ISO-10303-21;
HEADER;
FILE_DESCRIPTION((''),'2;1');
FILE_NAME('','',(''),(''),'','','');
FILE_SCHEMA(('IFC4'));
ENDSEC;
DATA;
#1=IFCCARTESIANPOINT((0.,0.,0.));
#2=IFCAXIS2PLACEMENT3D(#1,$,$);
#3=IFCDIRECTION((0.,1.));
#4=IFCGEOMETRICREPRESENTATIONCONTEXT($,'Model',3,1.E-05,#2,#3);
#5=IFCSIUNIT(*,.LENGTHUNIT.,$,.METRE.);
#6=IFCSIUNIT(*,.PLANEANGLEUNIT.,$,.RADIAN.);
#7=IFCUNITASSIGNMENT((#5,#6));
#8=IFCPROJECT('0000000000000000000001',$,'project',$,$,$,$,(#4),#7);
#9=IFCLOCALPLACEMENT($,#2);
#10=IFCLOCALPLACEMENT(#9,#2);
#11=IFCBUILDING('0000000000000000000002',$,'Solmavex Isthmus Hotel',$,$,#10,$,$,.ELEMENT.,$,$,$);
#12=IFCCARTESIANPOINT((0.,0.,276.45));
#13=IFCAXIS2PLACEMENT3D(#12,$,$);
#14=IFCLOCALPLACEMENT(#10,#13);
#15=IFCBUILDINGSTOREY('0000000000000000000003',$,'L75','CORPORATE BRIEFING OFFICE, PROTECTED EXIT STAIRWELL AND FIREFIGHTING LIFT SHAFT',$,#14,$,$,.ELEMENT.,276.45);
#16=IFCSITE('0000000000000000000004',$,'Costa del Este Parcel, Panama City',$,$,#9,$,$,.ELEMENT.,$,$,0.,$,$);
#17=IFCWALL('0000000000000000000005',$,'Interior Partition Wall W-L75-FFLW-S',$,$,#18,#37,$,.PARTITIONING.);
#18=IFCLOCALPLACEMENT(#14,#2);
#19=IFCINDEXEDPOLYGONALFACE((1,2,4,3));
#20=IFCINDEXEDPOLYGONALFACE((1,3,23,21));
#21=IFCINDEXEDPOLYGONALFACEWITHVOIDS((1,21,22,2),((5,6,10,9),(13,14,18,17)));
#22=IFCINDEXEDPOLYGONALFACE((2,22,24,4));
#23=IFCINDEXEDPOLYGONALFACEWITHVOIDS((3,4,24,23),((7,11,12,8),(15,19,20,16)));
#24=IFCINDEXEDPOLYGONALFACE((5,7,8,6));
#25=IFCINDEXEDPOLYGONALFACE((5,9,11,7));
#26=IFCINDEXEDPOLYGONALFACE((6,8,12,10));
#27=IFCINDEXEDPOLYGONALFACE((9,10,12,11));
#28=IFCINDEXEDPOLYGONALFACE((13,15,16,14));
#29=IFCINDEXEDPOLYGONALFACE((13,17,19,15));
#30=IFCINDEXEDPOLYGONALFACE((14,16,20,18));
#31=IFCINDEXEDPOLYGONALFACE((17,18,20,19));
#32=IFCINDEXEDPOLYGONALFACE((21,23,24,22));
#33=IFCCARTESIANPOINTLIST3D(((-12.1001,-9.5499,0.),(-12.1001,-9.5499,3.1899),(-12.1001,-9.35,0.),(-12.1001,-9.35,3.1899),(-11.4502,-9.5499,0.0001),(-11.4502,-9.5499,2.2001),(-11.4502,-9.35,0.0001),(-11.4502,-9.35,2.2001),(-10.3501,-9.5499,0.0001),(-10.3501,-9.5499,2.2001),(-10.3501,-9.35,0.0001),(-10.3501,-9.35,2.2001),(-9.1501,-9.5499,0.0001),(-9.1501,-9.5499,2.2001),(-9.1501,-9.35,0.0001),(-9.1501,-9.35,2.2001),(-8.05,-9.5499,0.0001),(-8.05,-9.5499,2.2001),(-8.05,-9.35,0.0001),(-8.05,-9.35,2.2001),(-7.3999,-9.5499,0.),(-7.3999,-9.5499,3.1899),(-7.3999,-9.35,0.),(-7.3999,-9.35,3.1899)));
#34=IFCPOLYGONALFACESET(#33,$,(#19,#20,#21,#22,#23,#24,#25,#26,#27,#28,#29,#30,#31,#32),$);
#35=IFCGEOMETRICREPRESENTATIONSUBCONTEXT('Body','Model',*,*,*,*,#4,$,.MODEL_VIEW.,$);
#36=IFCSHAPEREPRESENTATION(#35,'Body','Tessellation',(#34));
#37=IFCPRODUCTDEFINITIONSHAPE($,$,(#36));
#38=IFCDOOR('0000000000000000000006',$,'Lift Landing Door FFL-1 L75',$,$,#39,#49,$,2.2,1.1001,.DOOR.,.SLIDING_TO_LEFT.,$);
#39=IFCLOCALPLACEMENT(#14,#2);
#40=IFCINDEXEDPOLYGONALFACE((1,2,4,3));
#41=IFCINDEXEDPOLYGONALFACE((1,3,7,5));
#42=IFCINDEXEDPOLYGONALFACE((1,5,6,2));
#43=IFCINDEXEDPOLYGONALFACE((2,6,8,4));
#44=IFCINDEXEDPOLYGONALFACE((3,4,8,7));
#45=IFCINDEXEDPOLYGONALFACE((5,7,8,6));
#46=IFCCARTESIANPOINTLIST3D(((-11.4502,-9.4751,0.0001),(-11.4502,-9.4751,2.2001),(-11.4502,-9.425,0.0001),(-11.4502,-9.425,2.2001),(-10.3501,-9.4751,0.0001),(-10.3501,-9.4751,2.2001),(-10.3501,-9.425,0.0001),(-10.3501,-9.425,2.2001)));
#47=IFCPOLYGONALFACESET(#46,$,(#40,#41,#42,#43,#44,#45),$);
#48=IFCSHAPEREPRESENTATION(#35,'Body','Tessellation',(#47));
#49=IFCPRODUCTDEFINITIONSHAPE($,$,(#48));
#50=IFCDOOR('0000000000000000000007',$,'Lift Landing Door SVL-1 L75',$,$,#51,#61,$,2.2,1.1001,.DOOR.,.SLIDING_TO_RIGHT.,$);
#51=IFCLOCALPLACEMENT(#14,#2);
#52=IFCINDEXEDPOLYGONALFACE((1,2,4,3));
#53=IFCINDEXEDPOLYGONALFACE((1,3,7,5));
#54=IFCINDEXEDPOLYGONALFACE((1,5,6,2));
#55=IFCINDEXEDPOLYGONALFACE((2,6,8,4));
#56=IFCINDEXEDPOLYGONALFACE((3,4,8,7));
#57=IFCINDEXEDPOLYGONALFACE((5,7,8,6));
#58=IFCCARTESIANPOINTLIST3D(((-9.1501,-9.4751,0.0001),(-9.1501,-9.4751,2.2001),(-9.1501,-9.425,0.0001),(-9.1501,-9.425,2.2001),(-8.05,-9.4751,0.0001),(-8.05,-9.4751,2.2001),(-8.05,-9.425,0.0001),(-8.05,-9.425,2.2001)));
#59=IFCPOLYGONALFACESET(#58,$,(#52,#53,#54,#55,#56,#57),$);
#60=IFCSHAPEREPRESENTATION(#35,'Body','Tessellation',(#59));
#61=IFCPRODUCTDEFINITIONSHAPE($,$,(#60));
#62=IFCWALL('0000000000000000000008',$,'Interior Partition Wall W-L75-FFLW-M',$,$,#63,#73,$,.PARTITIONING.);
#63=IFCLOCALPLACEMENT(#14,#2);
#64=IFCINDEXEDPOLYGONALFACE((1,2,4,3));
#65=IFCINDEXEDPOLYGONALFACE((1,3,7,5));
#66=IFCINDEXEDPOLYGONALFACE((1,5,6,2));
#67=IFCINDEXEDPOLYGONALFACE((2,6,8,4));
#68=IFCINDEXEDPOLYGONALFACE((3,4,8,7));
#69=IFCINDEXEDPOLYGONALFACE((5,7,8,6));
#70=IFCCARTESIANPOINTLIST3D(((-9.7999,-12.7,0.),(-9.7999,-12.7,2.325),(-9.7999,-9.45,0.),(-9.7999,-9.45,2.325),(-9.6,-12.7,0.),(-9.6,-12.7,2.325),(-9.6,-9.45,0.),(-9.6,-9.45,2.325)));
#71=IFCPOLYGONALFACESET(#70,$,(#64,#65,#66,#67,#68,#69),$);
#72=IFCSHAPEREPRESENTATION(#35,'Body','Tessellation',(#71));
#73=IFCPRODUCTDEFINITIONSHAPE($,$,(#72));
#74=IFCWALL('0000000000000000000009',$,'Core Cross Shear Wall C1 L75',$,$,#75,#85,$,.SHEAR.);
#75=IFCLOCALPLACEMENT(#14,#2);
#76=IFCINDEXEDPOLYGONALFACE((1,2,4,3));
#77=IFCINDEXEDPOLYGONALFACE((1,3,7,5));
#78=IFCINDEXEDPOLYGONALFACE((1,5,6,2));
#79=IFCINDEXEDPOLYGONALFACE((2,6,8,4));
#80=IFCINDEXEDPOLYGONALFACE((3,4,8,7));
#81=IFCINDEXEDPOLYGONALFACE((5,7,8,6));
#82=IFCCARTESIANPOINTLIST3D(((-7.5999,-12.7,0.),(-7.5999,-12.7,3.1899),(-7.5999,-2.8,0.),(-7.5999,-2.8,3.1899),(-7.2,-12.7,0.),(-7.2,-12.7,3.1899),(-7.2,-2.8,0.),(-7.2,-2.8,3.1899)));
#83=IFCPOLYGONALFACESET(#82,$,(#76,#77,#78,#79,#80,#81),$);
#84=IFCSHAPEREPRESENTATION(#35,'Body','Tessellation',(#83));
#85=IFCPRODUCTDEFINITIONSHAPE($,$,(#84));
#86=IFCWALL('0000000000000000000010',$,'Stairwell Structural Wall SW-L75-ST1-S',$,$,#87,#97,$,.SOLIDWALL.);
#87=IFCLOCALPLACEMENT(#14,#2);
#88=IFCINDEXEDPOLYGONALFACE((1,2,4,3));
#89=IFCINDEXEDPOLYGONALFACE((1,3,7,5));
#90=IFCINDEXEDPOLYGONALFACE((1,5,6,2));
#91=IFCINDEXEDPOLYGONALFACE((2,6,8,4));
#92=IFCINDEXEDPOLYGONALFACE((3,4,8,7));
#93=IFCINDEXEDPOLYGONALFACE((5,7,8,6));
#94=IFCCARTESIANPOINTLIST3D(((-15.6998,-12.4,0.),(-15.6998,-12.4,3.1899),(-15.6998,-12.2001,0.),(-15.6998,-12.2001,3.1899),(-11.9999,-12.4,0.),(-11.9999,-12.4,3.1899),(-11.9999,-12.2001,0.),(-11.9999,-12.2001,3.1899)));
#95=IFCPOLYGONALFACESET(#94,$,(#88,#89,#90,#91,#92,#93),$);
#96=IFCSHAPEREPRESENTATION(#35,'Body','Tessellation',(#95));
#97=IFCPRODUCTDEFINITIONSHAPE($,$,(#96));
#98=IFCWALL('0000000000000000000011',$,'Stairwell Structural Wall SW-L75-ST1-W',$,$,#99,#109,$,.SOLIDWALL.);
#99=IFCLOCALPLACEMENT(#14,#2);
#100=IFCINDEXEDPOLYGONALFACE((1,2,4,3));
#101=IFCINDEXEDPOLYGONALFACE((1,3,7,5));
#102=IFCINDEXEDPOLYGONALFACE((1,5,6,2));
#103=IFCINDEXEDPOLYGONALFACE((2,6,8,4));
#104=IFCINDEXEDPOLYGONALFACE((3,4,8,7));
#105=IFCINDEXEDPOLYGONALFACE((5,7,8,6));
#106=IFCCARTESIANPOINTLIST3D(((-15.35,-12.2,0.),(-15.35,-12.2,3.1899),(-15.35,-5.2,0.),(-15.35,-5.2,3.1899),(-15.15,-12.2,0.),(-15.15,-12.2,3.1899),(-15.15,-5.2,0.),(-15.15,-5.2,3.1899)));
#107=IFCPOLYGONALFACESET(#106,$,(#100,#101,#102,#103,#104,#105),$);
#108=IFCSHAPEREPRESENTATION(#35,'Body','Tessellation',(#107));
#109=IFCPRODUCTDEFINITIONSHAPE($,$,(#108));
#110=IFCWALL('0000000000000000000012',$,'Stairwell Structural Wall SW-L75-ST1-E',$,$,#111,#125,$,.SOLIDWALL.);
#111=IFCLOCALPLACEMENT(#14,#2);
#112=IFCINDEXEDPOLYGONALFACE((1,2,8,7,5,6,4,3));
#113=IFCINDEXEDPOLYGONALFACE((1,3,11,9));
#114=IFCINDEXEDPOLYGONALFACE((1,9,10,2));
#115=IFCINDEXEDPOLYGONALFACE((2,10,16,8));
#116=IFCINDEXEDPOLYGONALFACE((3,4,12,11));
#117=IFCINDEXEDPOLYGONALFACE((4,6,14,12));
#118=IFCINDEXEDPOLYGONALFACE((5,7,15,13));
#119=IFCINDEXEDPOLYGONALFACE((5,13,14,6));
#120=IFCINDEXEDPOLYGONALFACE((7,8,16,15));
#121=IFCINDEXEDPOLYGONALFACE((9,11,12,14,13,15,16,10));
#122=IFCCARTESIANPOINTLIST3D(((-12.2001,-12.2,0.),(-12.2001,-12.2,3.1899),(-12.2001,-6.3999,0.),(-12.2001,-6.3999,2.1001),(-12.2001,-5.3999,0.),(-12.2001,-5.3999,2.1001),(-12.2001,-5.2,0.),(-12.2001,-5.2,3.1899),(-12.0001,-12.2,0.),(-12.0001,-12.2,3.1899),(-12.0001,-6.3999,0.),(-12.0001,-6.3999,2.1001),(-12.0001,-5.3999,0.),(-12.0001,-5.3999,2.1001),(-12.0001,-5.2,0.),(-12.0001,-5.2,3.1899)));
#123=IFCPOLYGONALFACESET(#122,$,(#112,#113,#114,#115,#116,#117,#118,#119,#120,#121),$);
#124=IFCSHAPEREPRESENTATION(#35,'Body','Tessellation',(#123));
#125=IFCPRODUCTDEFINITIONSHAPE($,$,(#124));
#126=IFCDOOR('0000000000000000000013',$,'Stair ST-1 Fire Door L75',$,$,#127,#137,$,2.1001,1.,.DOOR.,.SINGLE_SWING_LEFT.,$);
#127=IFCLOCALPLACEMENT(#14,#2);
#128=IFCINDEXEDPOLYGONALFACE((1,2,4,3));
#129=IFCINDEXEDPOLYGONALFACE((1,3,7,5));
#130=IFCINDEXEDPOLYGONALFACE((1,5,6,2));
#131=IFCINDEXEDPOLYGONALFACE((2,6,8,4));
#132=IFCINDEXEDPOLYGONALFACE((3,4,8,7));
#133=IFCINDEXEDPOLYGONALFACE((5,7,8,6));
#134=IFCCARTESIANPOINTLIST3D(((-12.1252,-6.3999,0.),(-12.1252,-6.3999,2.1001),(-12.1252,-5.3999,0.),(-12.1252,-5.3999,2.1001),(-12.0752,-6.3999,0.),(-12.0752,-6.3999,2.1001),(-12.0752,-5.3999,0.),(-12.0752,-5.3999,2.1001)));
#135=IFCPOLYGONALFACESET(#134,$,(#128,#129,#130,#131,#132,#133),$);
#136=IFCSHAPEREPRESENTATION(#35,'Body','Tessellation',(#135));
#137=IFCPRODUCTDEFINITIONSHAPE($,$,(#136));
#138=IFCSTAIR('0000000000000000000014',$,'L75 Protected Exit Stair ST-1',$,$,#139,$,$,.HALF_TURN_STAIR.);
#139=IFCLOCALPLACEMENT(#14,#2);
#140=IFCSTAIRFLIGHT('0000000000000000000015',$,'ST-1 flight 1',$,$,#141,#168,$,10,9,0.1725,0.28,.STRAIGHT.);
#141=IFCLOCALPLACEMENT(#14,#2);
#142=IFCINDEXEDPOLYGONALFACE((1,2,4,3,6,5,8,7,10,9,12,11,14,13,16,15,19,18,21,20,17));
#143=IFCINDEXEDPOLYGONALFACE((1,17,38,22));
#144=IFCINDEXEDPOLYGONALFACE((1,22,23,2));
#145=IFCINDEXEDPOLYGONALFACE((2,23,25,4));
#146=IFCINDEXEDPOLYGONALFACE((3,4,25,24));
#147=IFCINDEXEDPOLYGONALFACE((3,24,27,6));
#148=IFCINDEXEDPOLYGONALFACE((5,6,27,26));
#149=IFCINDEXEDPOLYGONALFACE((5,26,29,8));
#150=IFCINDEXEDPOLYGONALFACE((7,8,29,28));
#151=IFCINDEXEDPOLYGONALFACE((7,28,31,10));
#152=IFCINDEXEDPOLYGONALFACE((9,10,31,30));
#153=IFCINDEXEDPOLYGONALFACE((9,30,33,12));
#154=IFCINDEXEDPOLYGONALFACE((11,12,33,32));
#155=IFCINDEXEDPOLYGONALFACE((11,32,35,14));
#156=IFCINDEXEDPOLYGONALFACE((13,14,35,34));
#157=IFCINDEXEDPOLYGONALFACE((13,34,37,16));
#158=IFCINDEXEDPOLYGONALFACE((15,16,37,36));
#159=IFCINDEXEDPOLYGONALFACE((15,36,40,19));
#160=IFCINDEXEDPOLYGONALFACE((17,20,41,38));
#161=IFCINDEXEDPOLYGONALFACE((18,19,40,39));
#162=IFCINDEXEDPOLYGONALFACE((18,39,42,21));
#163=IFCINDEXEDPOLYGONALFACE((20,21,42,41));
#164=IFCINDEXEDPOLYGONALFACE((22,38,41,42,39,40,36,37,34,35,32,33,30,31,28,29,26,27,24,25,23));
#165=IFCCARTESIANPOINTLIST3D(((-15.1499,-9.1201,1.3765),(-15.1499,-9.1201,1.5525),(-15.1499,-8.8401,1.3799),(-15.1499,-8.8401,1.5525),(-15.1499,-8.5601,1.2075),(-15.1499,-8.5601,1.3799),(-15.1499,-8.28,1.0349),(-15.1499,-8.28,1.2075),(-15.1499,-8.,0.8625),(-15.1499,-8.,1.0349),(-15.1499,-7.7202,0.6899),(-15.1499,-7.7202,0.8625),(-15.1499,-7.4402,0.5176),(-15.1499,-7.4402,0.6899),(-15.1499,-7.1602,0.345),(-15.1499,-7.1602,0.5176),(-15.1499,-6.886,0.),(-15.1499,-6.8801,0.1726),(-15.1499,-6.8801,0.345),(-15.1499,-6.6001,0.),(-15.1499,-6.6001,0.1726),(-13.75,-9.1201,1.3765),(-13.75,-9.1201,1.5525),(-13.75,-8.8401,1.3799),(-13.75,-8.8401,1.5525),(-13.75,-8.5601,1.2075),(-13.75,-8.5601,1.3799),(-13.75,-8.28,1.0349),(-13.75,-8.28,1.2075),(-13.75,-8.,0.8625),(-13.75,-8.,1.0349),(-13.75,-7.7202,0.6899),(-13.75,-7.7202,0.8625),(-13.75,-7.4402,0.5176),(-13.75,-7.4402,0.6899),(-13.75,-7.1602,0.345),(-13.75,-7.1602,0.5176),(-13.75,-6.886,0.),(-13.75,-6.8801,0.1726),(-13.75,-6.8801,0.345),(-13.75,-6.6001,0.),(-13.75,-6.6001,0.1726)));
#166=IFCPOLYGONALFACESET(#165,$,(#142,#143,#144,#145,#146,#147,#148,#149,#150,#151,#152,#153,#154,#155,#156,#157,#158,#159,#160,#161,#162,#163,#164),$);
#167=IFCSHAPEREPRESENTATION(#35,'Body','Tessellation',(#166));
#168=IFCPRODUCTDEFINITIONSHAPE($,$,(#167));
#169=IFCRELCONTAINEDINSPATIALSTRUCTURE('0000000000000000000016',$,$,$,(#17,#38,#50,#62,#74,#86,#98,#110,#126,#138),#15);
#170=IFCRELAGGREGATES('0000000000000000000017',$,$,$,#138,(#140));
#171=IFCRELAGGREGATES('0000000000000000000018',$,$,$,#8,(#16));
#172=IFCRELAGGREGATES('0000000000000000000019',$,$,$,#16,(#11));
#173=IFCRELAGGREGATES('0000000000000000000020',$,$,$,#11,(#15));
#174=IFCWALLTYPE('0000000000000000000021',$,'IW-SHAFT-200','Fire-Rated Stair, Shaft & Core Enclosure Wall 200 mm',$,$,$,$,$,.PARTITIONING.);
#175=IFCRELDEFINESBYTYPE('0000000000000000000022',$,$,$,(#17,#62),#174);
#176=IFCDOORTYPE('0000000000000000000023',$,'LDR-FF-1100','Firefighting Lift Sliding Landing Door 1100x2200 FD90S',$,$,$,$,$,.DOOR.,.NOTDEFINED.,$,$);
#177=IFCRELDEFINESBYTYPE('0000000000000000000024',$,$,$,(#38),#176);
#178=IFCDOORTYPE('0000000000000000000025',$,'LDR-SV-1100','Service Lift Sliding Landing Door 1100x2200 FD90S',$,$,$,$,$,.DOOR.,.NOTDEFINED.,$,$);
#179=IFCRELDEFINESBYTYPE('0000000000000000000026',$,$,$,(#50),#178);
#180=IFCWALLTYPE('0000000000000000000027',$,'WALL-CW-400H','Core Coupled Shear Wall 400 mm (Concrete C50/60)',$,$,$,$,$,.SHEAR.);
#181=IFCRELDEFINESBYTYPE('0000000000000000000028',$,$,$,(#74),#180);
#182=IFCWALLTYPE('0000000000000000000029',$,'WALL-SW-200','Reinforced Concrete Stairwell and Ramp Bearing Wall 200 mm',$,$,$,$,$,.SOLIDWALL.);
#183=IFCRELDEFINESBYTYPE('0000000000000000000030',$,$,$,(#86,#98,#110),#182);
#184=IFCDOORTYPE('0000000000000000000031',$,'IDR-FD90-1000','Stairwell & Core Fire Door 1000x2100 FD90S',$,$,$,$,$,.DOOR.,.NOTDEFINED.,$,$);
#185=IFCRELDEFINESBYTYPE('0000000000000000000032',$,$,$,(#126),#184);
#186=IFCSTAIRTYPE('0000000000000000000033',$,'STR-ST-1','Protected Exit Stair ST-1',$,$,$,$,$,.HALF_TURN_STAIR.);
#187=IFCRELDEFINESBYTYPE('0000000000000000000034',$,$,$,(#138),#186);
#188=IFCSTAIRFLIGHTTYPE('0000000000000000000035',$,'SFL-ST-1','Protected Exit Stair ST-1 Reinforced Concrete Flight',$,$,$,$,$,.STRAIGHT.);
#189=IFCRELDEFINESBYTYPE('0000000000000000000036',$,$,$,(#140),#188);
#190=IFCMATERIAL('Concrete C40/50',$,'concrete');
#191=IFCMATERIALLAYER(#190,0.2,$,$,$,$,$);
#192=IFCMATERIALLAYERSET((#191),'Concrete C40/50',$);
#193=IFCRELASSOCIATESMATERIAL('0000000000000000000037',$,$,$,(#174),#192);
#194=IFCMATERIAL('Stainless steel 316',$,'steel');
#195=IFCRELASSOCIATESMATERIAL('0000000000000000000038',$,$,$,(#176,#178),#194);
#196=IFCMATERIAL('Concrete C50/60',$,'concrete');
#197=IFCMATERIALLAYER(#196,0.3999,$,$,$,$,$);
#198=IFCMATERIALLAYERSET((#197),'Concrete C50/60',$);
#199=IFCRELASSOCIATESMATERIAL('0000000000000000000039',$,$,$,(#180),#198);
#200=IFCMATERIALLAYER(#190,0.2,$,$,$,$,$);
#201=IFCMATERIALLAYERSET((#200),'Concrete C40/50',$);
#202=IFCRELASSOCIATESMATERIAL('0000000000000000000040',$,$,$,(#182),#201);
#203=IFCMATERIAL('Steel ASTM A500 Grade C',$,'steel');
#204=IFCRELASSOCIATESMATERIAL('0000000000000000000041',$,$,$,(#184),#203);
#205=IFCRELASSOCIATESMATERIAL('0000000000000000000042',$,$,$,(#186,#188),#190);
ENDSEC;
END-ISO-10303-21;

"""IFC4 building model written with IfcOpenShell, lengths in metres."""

from ifc_helpers import new_model, si_unit, direction, frame, frame_2d, origin, place, context, subcontext, project, spatial, polyline, rectangle, outline, extrude, material, layer, layer_set, type_object, element, fill, aggregate, save


model = new_model("IFC4")

# Units and contexts
model_context = context("Model", 3, precision=1e-05, world=origin(), true_north=direction((0.0, 1.0)))
body_context = subcontext(model_context, "Body", "Model", "MODEL_VIEW")
ifc_project = project(units=[si_unit("LENGTHUNIT", "METRE"), si_unit("PLANEANGLEUNIT", "RADIAN")], contexts=[model_context])

# Site, building, storey
site_placement = place(None, origin())
site = spatial("IfcSite", under=ifc_project, at=site_placement, Name="Costa del Este Parcel, Panama City", CompositionType="ELEMENT", RefElevation=0.0)
building_placement = place(site_placement, origin())
building = spatial("IfcBuilding", under=site, at=building_placement, Name="Solmavex Isthmus Hotel", CompositionType="ELEMENT")
storey_placement = place(building_placement, frame((0.0, 0.0, 276.45)))
storey = spatial("IfcBuildingStorey", under=building, at=storey_placement, Name="L75", Description="CORPORATE BRIEFING OFFICE, PROTECTED EXIT STAIRWELL AND FIREFIGHTING LIFT SHAFT", CompositionType="ELEMENT", Elevation=276.45)

# Shared definitions
ifc_material_1 = material(Name="Concrete C50/60", Category="concrete")

# Shared definitions
ifc_material_2 = material(Name="Steel ASTM A500 Grade C", Category="steel")

# Wall, openings, doors
ifc_material_3 = material(Name="Concrete C40/50", Category="concrete")
ifc_layer_1 = layer(ifc_material_3, 0.2)
ifc_layer_set_1 = layer_set([ifc_layer_1], Name="Concrete C40/50")
wall_type_1 = type_object("IfcWallType", Name="IW-SHAFT-200", Description="Fire-Rated Stair, Shaft & Core Enclosure Wall 200 mm", PredefinedType="PARTITIONING", material=ifc_layer_set_1)
wall_1_placement = place(storey_placement, frame((-12.1001, -9.45, 0.0), z_axis=(0.0, 0.0, 1.0), x_axis=(1.0, 0.0, 0.0)))
wall_1 = element("IfcWall", 1, at=wall_1_placement, inside=storey, type_object=wall_type_1, Name="Interior Partition Wall W-L75-FFLW-S", PredefinedType="PARTITIONING", context=body_context, shape_type="SweptSolid", body=[
    extrude(rectangle(XDim=4.7002, YDim=0.2, at=frame_2d((2.3501, 0.0))), origin(), (0.0, 0.0, 1.0), 3.1899),
])
opening_1_placement = place(wall_1_placement, frame((0.6499, 0.0, 0.0)))
opening_1 = element("IfcOpeningElement", 2, at=opening_1_placement, cuts=wall_1, PredefinedType="OPENING", context=body_context, shape_type="SweptSolid", body=[
    extrude(rectangle(XDim=1.1001, YDim=2.2, at=frame_2d((0.55, 1.1001))), frame((0.0, 0.1099, 0.0), z_axis=(0.0, -1.0, 0.0), x_axis=(1.0, 0.0, 0.0)), (0.0, 0.0, 1.0), 0.22),
])
opening_2_placement = place(wall_1_placement, frame((2.95, 0.0, 0.0)))
opening_2 = element("IfcOpeningElement", 3, at=opening_2_placement, cuts=wall_1, PredefinedType="OPENING", context=body_context, shape_type="SweptSolid", body=[
    extrude(rectangle(XDim=1.1001, YDim=2.2, at=frame_2d((0.55, 1.1001))), frame((0.0, 0.1099, 0.0), z_axis=(0.0, -1.0, 0.0), x_axis=(1.0, 0.0, 0.0)), (0.0, 0.0, 1.0), 0.22),
])
ifc_material_4 = material(Name="Stainless steel 316", Category="steel")
door_type_1 = type_object("IfcDoorType", Name="LDR-FF-1100", Description="Firefighting Lift Sliding Landing Door 1100x2200 FD90S", OperationType="NOTDEFINED", PredefinedType="DOOR", material=ifc_material_4)
door_1_placement = place(opening_1_placement, origin())
door_1 = element("IfcDoor", 4, at=door_1_placement, inside=storey, type_object=door_type_1, Name="Lift Landing Door FFL-1 L75", OperationType="SLIDING_TO_LEFT", OverallHeight=2.2, OverallWidth=1.1001, PredefinedType="DOOR", context=body_context, shape_type="SweptSolid", body=[
    extrude(rectangle(XDim=1.1001, YDim=2.2, at=frame_2d((0.55, 1.1001))), frame((0.0, 0.0249, 0.0), z_axis=(0.0, -1.0, 0.0), x_axis=(1.0, 0.0, 0.0)), (0.0, 0.0, 1.0), 0.05),
])
fill(opening_1, door_1)
door_type_2 = type_object("IfcDoorType", Name="LDR-SV-1100", Description="Service Lift Sliding Landing Door 1100x2200 FD90S", OperationType="NOTDEFINED", PredefinedType="DOOR", material=ifc_material_4)
door_2_placement = place(opening_2_placement, origin())
door_2 = element("IfcDoor", 5, at=door_2_placement, inside=storey, type_object=door_type_2, Name="Lift Landing Door SVL-1 L75", OperationType="SLIDING_TO_RIGHT", OverallHeight=2.2, OverallWidth=1.1001, PredefinedType="DOOR", context=body_context, shape_type="SweptSolid", body=[
    extrude(rectangle(XDim=1.1001, YDim=2.2, at=frame_2d((0.55, 1.1001))), frame((0.0, 0.0249, 0.0), z_axis=(0.0, -1.0, 0.0), x_axis=(1.0, 0.0, 0.0)), (0.0, 0.0, 1.0), 0.05),
])
fill(opening_2, door_2)

# Walls
wall_2_placement = place(storey_placement, frame((-9.7, -12.7, 0.0), z_axis=(0.0, 0.0, 1.0), x_axis=(0.0, 1.0, 0.0)))
element("IfcWall", 6, at=wall_2_placement, inside=storey, type_object=wall_type_1, Name="Interior Partition Wall W-L75-FFLW-M", PredefinedType="PARTITIONING", context=body_context, shape_type="SweptSolid", body=[
    extrude(rectangle(XDim=3.25, YDim=0.2, at=frame_2d((1.625, 0.0))), origin(), (0.0, 0.0, 1.0), 2.325),
])
ifc_layer_2 = layer(ifc_material_1, 0.3999)
ifc_layer_set_2 = layer_set([ifc_layer_2], Name="Concrete C50/60")
wall_type_2 = type_object("IfcWallType", Name="WALL-CW-400H", Description="Core Coupled Shear Wall 400 mm (Concrete C50/60)", PredefinedType="SHEAR", material=ifc_layer_set_2)
wall_3_placement = place(storey_placement, frame((-7.3999, -12.7, 0.0), z_axis=(0.0, 0.0, 1.0), x_axis=(0.0, 1.0, 0.0)))
element("IfcWall", 7, at=wall_3_placement, inside=storey, type_object=wall_type_2, Name="Core Cross Shear Wall C1 L75", PredefinedType="SHEAR", context=body_context, shape_type="SweptSolid", body=[
    extrude(rectangle(XDim=9.8999, YDim=0.3999, at=frame_2d((4.95, 0.0))), origin(), (0.0, 0.0, 1.0), 3.1899),
])
ifc_layer_3 = layer(ifc_material_3, 0.2)
ifc_layer_set_3 = layer_set([ifc_layer_3], Name="Concrete C40/50")
wall_type_3 = type_object("IfcWallType", Name="WALL-SW-200", Description="Reinforced Concrete Stairwell and Ramp Bearing Wall 200 mm", PredefinedType="SOLIDWALL", material=ifc_layer_set_3)
wall_4_placement = place(storey_placement, frame((-15.7, -12.3, 0.0), z_axis=(0.0, 0.0, 1.0), x_axis=(1.0, 0.0, 0.0)))
element("IfcWall", 8, at=wall_4_placement, inside=storey, type_object=wall_type_3, Name="Stairwell Structural Wall SW-L75-ST1-S", PredefinedType="SOLIDWALL", context=body_context, shape_type="SweptSolid", body=[
    extrude(rectangle(XDim=3.7, YDim=0.2, at=frame_2d((1.8501, 0.0))), origin(), (0.0, 0.0, 1.0), 3.1899),
])
wall_5_placement = place(storey_placement, frame((-15.25, -12.2, 0.0), z_axis=(0.0, 0.0, 1.0), x_axis=(0.0, 1.0, 0.0)))
element("IfcWall", 9, at=wall_5_placement, inside=storey, type_object=wall_type_3, Name="Stairwell Structural Wall SW-L75-ST1-W", PredefinedType="SOLIDWALL", context=body_context, shape_type="SweptSolid", body=[
    extrude(rectangle(XDim=7.0, YDim=0.2, at=frame_2d((3.5, 0.0))), origin(), (0.0, 0.0, 1.0), 3.1899),
])

# Wall, opening, door
wall_6_placement = place(storey_placement, frame((-12.1001, -12.2, 0.0), z_axis=(0.0, 0.0, 1.0), x_axis=(0.0, 1.0, 0.0)))
wall_6 = element("IfcWall", 10, at=wall_6_placement, inside=storey, type_object=wall_type_3, Name="Stairwell Structural Wall SW-L75-ST1-E", PredefinedType="SOLIDWALL", context=body_context, shape_type="SweptSolid", body=[
    extrude(rectangle(XDim=7.0, YDim=0.2, at=frame_2d((3.5, 0.0))), origin(), (0.0, 0.0, 1.0), 3.1899),
])
opening_3_placement = place(wall_6_placement, frame((5.8, 0.0, 0.0)))
opening_3 = element("IfcOpeningElement", 11, at=opening_3_placement, cuts=wall_6, PredefinedType="OPENING", context=body_context, shape_type="SweptSolid", body=[
    extrude(rectangle(XDim=1.0, YDim=2.1001, at=frame_2d((0.5, 1.05))), frame((0.0, 0.1099, 0.0), z_axis=(0.0, -1.0, 0.0), x_axis=(1.0, 0.0, 0.0)), (0.0, 0.0, 1.0), 0.22),
])
door_type_3 = type_object("IfcDoorType", Name="IDR-FD90-1000", Description="Stairwell & Core Fire Door 1000x2100 FD90S", OperationType="NOTDEFINED", PredefinedType="DOOR", material=ifc_material_2)
door_3_placement = place(opening_3_placement, frame((1.0, 0.0, 0.0), z_axis=(0.0, 0.0, 1.0), x_axis=(-1.0, 0.0, 0.0)))
door_3 = element("IfcDoor", 12, at=door_3_placement, inside=storey, type_object=door_type_3, Name="Stair ST-1 Fire Door L75", OperationType="SINGLE_SWING_LEFT", OverallHeight=2.1001, OverallWidth=1.0, PredefinedType="DOOR", context=body_context, shape_type="SweptSolid", body=[
    extrude(rectangle(XDim=1.0, YDim=2.1001, at=frame_2d((0.5, 1.05))), frame((0.0, 0.0249, 0.0), z_axis=(0.0, -1.0, 0.0), x_axis=(1.0, 0.0, 0.0)), (0.0, 0.0, 1.0), 0.05),
])
fill(opening_3, door_3)

# Stair, stair flight
stair_type = type_object("IfcStairType", Name="STR-ST-1", Description="Protected Exit Stair ST-1", PredefinedType="HALF_TURN_STAIR", material=ifc_material_3)
stair_placement = place(storey_placement, origin())
stair = element("IfcStair", 13, at=stair_placement, inside=storey, type_object=stair_type, Name="L75 Protected Exit Stair ST-1", PredefinedType="HALF_TURN_STAIR")
stair_flight_type = type_object("IfcStairFlightType", Name="SFL-ST-1", Description="Protected Exit Stair ST-1 Reinforced Concrete Flight", PredefinedType="STRAIGHT", material=ifc_material_3)
stair_flight_1_placement = place(storey_placement, frame((-14.45, -6.6001, 0.0), z_axis=(0.0, 0.0, 1.0), x_axis=(0.0, -1.0, 0.0)))
stair_flight_1 = element("IfcStairFlight", 14, at=stair_flight_1_placement, type_object=stair_flight_type, Name="ST-1 flight 1", NumberOfRisers=10, NumberOfTreads=9, PredefinedType="STRAIGHT", RiserHeight=0.1725, TreadLength=0.28, context=body_context, shape_type="SweptSolid", body=[
    extrude(outline(polyline([(0.0, 0.0), (0.0, 0.1726), (0.28, 0.1726), (0.28, 0.345), (0.5601, 0.345), (0.5601, 0.5176), (0.8401, 0.5176), (0.8401, 0.6899), (1.1201, 0.6899), (1.1201, 0.8625), (1.3999, 0.8625), (1.3999, 1.0349), (1.6799, 1.0349), (1.6799, 1.2075), (1.96, 1.2075), (1.96, 1.3799), (2.24, 1.3799), (2.24, 1.5525), (2.52, 1.5525), (2.52, 1.7251), (2.52, 1.3765), (0.2859, 0.0), (0.0, 0.0)])), frame((0.0, 0.7, 0.0), z_axis=(0.0, -1.0, 0.0), x_axis=(1.0, 0.0, 0.0)), (0.0, 0.0, 1.0), 1.3999),
])
aggregate(stair, [stair_flight_1])

save(model, "model.ifc")
